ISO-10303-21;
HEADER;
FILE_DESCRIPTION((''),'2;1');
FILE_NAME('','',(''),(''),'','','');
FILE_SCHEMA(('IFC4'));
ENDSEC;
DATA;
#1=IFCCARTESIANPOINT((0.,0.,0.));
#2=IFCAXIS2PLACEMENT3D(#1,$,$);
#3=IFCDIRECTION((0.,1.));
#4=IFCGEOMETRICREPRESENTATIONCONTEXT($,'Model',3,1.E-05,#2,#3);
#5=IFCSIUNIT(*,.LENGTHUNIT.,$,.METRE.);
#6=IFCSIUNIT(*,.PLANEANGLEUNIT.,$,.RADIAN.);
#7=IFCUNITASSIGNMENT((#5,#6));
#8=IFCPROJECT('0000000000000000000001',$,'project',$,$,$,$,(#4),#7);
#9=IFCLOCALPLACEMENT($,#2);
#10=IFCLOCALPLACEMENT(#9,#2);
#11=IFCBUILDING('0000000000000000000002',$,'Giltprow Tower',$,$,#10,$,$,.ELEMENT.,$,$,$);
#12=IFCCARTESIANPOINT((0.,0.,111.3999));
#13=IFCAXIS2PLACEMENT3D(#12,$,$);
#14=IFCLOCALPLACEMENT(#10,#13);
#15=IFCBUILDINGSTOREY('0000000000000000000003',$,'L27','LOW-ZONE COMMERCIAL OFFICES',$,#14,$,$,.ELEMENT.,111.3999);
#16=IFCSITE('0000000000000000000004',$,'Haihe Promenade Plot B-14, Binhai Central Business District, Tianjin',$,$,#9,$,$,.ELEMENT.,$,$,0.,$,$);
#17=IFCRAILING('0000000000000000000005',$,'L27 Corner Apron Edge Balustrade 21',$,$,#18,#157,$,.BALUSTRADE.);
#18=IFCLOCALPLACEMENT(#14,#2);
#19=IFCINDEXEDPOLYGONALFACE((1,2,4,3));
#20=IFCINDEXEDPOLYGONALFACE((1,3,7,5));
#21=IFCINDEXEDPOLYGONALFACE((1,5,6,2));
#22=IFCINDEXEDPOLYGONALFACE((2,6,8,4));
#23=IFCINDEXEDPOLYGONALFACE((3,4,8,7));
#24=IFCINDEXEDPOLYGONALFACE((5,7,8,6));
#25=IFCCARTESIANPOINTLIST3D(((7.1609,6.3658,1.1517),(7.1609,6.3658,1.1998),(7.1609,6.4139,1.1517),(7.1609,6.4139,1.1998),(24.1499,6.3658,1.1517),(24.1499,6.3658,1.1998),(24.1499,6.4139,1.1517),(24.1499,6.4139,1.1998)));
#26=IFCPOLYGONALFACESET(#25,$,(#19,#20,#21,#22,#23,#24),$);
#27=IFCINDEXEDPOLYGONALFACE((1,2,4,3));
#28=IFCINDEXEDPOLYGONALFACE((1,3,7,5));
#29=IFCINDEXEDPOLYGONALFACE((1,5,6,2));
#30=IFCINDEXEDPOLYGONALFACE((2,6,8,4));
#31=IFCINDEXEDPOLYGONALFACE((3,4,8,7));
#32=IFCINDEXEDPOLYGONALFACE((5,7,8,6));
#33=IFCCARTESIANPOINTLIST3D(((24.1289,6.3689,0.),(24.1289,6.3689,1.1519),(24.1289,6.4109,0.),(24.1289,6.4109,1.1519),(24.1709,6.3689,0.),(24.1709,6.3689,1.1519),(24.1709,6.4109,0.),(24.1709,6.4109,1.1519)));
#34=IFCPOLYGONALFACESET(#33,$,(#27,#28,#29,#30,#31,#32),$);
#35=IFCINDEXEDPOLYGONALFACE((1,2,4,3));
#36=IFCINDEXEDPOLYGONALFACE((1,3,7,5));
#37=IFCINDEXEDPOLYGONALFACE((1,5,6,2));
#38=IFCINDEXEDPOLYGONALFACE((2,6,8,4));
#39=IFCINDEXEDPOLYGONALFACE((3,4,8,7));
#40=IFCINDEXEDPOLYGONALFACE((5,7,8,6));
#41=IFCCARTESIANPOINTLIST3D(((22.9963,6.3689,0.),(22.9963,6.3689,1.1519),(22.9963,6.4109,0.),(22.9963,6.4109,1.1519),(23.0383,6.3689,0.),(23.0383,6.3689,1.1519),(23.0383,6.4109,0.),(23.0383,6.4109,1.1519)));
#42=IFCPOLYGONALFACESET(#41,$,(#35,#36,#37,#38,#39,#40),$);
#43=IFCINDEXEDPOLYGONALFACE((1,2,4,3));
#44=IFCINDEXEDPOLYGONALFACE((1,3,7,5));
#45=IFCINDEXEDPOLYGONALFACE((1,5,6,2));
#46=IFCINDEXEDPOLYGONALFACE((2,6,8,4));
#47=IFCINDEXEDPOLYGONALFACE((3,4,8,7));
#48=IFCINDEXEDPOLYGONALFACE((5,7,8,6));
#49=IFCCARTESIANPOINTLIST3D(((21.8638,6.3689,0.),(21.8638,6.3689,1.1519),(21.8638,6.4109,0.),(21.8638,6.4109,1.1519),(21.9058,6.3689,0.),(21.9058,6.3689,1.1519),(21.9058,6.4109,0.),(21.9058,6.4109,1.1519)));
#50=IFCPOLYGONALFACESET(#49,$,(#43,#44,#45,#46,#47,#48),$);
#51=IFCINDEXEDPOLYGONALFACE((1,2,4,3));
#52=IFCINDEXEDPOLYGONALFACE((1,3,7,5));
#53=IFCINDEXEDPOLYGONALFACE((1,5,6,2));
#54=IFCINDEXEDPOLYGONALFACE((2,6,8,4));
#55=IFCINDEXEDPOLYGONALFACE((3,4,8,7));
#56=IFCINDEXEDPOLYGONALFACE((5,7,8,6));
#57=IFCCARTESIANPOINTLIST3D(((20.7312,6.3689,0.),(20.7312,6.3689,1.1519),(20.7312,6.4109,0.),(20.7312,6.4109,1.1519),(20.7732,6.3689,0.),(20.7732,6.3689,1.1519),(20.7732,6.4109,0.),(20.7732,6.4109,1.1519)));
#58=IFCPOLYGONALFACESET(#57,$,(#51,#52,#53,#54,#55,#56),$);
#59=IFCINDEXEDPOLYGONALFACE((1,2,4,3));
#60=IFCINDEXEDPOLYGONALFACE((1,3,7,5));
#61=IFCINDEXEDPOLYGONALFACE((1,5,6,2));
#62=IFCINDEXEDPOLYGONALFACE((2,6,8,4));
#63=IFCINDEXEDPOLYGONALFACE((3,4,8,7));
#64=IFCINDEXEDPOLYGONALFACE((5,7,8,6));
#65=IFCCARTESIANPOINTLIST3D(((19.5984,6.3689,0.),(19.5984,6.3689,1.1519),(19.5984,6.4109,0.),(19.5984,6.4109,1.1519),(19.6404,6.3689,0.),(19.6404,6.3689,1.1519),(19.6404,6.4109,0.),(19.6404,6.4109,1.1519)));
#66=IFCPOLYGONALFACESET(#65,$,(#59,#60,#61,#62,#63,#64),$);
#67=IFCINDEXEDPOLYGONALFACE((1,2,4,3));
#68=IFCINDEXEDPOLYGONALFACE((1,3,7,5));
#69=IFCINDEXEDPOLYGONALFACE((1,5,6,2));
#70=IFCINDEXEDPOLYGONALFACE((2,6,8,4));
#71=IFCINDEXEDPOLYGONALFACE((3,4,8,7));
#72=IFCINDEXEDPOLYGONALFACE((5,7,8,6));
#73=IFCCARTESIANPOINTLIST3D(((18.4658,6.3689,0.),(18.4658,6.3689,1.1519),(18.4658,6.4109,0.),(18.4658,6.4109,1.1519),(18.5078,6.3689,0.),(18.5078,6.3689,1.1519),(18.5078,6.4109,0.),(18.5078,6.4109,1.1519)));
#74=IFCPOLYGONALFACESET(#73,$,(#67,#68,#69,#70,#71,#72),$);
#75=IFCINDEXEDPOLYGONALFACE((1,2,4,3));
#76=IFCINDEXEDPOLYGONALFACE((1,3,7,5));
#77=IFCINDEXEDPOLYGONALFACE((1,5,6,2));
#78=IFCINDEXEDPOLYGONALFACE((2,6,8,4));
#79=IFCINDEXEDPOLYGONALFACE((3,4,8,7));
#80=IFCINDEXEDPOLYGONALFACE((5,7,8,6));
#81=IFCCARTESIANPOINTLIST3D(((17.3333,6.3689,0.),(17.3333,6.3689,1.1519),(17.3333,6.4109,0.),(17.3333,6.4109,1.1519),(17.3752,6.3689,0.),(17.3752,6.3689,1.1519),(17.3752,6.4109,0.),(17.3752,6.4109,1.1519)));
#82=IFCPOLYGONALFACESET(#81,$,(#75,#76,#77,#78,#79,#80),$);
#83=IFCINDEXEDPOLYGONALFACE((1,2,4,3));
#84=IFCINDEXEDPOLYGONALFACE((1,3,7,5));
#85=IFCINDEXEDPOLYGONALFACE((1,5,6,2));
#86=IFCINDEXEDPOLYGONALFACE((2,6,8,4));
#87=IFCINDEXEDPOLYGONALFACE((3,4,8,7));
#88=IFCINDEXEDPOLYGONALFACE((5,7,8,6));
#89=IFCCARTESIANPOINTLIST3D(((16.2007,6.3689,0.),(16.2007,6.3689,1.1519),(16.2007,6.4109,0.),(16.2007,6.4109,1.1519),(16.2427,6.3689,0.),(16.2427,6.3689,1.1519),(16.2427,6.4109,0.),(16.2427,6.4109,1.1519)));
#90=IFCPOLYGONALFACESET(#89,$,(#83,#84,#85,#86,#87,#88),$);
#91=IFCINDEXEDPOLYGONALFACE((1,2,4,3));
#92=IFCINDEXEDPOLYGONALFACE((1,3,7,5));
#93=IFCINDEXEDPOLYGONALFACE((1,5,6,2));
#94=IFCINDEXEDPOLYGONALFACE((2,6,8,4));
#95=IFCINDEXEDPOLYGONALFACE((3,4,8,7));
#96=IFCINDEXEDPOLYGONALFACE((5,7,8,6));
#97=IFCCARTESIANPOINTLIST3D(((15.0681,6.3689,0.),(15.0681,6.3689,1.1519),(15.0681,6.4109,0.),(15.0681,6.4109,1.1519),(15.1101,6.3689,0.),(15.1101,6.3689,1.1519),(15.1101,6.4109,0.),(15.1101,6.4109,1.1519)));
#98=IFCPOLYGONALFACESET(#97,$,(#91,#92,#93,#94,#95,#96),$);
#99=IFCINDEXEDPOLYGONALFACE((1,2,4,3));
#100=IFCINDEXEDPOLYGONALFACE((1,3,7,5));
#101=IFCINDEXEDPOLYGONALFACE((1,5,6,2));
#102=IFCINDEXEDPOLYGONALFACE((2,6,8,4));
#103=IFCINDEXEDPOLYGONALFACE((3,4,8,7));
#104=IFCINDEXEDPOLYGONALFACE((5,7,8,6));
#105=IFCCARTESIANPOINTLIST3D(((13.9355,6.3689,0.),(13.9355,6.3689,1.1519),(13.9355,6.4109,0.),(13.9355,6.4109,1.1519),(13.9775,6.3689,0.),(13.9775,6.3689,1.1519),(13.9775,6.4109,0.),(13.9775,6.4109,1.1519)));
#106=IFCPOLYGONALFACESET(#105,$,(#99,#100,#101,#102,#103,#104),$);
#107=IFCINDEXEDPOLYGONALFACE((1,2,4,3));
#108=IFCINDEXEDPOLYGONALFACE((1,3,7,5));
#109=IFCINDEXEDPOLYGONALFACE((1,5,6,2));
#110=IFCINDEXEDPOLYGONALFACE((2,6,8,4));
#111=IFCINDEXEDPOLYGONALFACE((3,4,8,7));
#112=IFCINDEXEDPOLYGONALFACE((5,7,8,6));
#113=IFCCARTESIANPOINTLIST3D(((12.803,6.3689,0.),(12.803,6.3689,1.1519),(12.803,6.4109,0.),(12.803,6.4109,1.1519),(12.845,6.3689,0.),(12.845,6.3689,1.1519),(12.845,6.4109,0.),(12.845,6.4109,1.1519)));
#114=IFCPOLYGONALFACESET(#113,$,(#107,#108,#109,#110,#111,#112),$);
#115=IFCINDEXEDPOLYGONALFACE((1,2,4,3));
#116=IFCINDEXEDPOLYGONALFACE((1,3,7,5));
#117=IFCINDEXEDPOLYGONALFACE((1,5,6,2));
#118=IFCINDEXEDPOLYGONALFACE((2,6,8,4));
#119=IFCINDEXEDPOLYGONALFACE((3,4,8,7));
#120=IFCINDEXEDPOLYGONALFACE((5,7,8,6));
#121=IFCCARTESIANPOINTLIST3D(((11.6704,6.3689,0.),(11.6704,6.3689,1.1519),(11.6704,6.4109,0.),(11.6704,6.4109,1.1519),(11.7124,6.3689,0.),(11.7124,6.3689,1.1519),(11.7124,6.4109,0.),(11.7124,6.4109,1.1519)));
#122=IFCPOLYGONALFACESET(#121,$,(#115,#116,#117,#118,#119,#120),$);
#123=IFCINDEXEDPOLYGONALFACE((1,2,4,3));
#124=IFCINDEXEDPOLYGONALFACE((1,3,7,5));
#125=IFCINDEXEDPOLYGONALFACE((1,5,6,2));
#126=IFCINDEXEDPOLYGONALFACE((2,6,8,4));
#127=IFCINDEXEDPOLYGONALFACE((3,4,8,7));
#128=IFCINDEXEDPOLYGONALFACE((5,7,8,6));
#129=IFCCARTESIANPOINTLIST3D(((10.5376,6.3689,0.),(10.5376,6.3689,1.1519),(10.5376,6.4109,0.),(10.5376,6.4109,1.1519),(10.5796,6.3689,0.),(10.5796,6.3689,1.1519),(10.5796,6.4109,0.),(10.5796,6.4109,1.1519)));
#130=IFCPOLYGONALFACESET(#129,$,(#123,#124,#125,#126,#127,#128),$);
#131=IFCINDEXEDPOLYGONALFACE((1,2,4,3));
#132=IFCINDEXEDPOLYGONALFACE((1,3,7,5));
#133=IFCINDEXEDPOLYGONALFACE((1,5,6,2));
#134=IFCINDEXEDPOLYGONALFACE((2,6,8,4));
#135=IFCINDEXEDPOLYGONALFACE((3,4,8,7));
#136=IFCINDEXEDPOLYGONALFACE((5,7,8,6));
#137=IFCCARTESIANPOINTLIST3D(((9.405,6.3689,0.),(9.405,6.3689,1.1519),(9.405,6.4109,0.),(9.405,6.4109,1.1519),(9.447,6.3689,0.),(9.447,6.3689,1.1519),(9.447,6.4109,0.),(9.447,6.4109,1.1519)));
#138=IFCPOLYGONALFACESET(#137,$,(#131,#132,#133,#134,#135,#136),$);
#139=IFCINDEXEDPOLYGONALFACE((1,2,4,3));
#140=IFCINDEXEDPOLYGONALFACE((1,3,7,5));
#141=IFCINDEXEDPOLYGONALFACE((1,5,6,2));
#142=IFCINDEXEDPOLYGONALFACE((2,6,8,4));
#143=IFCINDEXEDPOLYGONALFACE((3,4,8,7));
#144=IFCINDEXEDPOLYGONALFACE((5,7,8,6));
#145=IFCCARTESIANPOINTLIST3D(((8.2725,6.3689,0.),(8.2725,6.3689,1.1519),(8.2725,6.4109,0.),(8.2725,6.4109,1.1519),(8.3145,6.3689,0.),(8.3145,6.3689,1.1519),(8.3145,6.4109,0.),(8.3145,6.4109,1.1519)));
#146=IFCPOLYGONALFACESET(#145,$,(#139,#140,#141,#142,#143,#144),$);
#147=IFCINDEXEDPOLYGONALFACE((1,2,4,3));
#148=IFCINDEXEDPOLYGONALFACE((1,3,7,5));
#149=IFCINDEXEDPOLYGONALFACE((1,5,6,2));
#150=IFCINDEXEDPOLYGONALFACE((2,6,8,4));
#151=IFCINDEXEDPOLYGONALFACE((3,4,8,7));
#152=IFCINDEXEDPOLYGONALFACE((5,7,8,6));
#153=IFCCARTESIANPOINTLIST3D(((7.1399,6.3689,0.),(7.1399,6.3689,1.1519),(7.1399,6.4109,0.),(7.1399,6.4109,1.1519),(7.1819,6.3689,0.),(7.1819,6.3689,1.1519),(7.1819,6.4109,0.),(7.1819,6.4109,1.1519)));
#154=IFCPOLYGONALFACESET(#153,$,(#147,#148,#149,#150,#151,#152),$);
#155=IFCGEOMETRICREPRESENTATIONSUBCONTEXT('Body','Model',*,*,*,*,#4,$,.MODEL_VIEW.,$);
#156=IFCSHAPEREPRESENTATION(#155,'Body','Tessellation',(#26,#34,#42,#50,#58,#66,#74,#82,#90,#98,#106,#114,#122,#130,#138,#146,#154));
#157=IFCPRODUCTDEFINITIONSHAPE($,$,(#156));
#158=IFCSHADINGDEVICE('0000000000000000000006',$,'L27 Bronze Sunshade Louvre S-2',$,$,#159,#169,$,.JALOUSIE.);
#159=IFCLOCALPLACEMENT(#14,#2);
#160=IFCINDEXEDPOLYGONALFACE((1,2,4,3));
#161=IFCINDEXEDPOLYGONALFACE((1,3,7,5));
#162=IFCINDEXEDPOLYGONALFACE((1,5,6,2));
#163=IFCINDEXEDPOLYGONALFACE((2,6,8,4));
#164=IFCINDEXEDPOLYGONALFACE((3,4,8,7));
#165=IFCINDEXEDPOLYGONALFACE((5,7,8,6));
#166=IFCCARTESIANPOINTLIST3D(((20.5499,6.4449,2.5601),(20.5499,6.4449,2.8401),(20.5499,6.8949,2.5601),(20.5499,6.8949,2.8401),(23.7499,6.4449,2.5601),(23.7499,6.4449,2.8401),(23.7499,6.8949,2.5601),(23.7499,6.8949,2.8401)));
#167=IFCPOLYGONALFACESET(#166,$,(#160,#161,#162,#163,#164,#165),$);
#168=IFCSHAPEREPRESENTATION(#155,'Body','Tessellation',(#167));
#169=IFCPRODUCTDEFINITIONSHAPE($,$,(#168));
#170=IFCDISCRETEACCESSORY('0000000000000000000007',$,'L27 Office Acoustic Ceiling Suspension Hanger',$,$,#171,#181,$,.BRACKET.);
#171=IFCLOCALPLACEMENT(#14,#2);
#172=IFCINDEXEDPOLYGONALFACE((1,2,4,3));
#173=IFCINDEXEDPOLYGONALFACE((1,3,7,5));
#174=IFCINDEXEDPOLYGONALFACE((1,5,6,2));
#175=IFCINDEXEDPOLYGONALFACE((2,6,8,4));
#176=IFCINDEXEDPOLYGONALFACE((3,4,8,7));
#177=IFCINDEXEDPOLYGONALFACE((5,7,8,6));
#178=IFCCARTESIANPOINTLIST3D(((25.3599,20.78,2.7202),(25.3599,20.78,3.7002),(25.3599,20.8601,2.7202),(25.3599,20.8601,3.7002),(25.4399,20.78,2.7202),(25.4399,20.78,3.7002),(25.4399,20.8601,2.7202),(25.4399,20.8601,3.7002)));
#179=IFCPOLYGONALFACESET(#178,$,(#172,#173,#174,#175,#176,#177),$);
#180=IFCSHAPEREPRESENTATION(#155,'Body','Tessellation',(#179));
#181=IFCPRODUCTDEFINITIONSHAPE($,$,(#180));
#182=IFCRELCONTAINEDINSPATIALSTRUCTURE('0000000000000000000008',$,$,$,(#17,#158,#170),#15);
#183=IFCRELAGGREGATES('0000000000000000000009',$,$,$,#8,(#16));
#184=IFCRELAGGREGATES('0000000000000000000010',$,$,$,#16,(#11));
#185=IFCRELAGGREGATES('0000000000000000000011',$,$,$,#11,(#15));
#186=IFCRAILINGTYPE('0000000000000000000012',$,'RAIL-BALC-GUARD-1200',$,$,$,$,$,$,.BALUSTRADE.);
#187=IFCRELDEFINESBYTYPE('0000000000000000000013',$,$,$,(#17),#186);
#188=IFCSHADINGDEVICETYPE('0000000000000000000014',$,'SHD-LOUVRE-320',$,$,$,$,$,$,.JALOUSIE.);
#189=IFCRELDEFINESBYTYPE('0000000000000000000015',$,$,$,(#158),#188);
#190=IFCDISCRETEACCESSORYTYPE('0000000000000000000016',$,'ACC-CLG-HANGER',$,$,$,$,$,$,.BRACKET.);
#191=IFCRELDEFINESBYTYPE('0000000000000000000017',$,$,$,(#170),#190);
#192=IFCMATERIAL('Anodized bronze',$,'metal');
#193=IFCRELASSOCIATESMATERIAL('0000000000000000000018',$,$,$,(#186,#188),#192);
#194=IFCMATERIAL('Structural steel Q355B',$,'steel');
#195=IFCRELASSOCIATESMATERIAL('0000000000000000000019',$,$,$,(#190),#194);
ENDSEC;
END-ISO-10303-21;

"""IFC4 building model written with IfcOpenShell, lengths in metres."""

from ifc_helpers import new_model, si_unit, direction, frame, origin, origin_2d, place, context, subcontext, project, spatial, rectangle, extrude, source, transform, mapped, material, type_object, element, save


model = new_model("IFC4")

# Units and contexts
model_context = context("Model", 3, precision=1e-05, world=origin(), true_north=direction((0.0, 1.0)))
body_context = subcontext(model_context, "Body", "Model", "MODEL_VIEW")
ifc_project = project(units=[si_unit("LENGTHUNIT", "METRE"), si_unit("PLANEANGLEUNIT", "RADIAN")], contexts=[model_context])

# Site, building, storey
site_placement = place(None, origin())
site = spatial("IfcSite", under=ifc_project, at=site_placement, Name="Haihe Promenade Plot B-14, Binhai Central Business District, Tianjin", CompositionType="ELEMENT", RefElevation=0.0)
building_placement = place(site_placement, origin())
building = spatial("IfcBuilding", under=site, at=building_placement, Name="Giltprow Tower", CompositionType="ELEMENT")
storey_placement = place(building_placement, frame((0.0, 0.0, 111.3999)))
storey = spatial("IfcBuildingStorey", under=building, at=storey_placement, Name="L27", Description="LOW-ZONE COMMERCIAL OFFICES", CompositionType="ELEMENT", Elevation=111.3999)

# Shared definitions
ifc_material_1 = material(Name="Structural steel Q355B", Category="steel")

# Railing
ifc_material_2 = material(Name="Anodized bronze", Category="metal")
railing_type = type_object("IfcRailingType", Name="RAIL-BALC-GUARD-1200", PredefinedType="BALUSTRADE", material=ifc_material_2)
railing_1_placement = place(storey_placement, frame((24.1499, 6.3899, 0.0)))
element("IfcRailing", 1, at=railing_1_placement, inside=storey, type_object=railing_type, Name="L27 Corner Apron Edge Balustrade 21", PredefinedType="BALUSTRADE", context=body_context, shape_type="SweptSolid", body=[
    extrude(rectangle(XDim=0.0481, YDim=0.0481, at=origin_2d()), frame((0.0, 0.0, 1.1758), z_axis=(-1.0, 0.0, 0.0), x_axis=(0.0, -1.0, 0.0)), (0.0, 0.0, 1.0), 16.989),
    extrude(rectangle(XDim=0.042, YDim=0.042, at=origin_2d()), origin(), (0.0, 0.0, 1.0), 1.1519),
    extrude(rectangle(XDim=0.042, YDim=0.042, at=origin_2d()), frame((-1.1326, 0.0, 0.0)), (0.0, 0.0, 1.0), 1.1519),
    extrude(rectangle(XDim=0.042, YDim=0.042, at=origin_2d()), frame((-2.2651, 0.0, 0.0)), (0.0, 0.0, 1.0), 1.1519),
    extrude(rectangle(XDim=0.042, YDim=0.042, at=origin_2d()), frame((-3.3977, 0.0, 0.0)), (0.0, 0.0, 1.0), 1.1519),
    extrude(rectangle(XDim=0.042, YDim=0.042, at=origin_2d()), frame((-4.5305, 0.0, 0.0)), (0.0, 0.0, 1.0), 1.1519),
    extrude(rectangle(XDim=0.042, YDim=0.042, at=origin_2d()), frame((-5.6631, 0.0, 0.0)), (0.0, 0.0, 1.0), 1.1519),
    extrude(rectangle(XDim=0.042, YDim=0.042, at=origin_2d()), frame((-6.7957, 0.0, 0.0)), (0.0, 0.0, 1.0), 1.1519),
    extrude(rectangle(XDim=0.042, YDim=0.042, at=origin_2d()), frame((-7.9282, 0.0, 0.0)), (0.0, 0.0, 1.0), 1.1519),
    extrude(rectangle(XDim=0.042, YDim=0.042, at=origin_2d()), frame((-9.0608, 0.0, 0.0)), (0.0, 0.0, 1.0), 1.1519),
    extrude(rectangle(XDim=0.042, YDim=0.042, at=origin_2d()), frame((-10.1934, 0.0, 0.0)), (0.0, 0.0, 1.0), 1.1519),
    extrude(rectangle(XDim=0.042, YDim=0.042, at=origin_2d()), frame((-11.3259, 0.0, 0.0)), (0.0, 0.0, 1.0), 1.1519),
    extrude(rectangle(XDim=0.042, YDim=0.042, at=origin_2d()), frame((-12.4585, 0.0, 0.0)), (0.0, 0.0, 1.0), 1.1519),
    extrude(rectangle(XDim=0.042, YDim=0.042, at=origin_2d()), frame((-13.5913, 0.0, 0.0)), (0.0, 0.0, 1.0), 1.1519),
    extrude(rectangle(XDim=0.042, YDim=0.042, at=origin_2d()), frame((-14.7239, 0.0, 0.0)), (0.0, 0.0, 1.0), 1.1519),
    extrude(rectangle(XDim=0.042, YDim=0.042, at=origin_2d()), frame((-15.8564, 0.0, 0.0)), (0.0, 0.0, 1.0), 1.1519),
    extrude(rectangle(XDim=0.042, YDim=0.042, at=origin_2d()), frame((-16.989, 0.0, 0.0)), (0.0, 0.0, 1.0), 1.1519),
])

# Shading device
shading_device_type = type_object("IfcShadingDeviceType", Name="SHD-LOUVRE-320", PredefinedType="JALOUSIE", material=ifc_material_2)
shared_shape_1 = source(origin(), body_context, "Body", "SweptSolid", [
    extrude(rectangle(XDim=3.2, YDim=0.45, at=origin_2d()), origin(), (0.0, 0.0, 1.0), 0.28),
])
shading_device_placement = place(storey_placement, frame((22.1499, 6.6699, 2.5601), z_axis=(0.0, 0.0, 1.0), x_axis=(1.0, 0.0, 0.0)))
element("IfcShadingDevice", 2, at=shading_device_placement, inside=storey, type_object=shading_device_type, Name="L27 Bronze Sunshade Louvre S-2", PredefinedType="JALOUSIE", context=body_context, shape_type="MappedRepresentation", body=[
    mapped(shared_shape_1, transform((0.0, 0.0, 0.0), x_axis=(1.0, 0.0, 0.0), y_axis=(0.0, 1.0, 0.0), z_axis=(0.0, 0.0, 1.0), scale=1.0)),
])

# Discrete accessory
discrete_accessory_type = type_object("IfcDiscreteAccessoryType", Name="ACC-CLG-HANGER", PredefinedType="BRACKET", material=ifc_material_1)
shared_shape_2 = source(origin(), body_context, "Body", "SweptSolid", [
    extrude(rectangle(XDim=0.0801, YDim=0.0801, at=origin_2d()), origin(), (0.0, 0.0, 1.0), 0.98),
])
discrete_accessory_placement = place(storey_placement, frame((25.3999, 20.8201, 2.7202), z_axis=(0.0, 0.0, 1.0), x_axis=(1.0, 0.0, 0.0)))
element("IfcDiscreteAccessory", 3, at=discrete_accessory_placement, inside=storey, type_object=discrete_accessory_type, Name="L27 Office Acoustic Ceiling Suspension Hanger", PredefinedType="BRACKET", context=body_context, shape_type="MappedRepresentation", body=[
    mapped(shared_shape_2, transform((0.0, 0.0, 0.0), x_axis=(1.0, 0.0, 0.0), y_axis=(0.0, 1.0, 0.0), z_axis=(0.0, 0.0, 1.0), scale=1.0)),
])

save(model, "model.ifc")
